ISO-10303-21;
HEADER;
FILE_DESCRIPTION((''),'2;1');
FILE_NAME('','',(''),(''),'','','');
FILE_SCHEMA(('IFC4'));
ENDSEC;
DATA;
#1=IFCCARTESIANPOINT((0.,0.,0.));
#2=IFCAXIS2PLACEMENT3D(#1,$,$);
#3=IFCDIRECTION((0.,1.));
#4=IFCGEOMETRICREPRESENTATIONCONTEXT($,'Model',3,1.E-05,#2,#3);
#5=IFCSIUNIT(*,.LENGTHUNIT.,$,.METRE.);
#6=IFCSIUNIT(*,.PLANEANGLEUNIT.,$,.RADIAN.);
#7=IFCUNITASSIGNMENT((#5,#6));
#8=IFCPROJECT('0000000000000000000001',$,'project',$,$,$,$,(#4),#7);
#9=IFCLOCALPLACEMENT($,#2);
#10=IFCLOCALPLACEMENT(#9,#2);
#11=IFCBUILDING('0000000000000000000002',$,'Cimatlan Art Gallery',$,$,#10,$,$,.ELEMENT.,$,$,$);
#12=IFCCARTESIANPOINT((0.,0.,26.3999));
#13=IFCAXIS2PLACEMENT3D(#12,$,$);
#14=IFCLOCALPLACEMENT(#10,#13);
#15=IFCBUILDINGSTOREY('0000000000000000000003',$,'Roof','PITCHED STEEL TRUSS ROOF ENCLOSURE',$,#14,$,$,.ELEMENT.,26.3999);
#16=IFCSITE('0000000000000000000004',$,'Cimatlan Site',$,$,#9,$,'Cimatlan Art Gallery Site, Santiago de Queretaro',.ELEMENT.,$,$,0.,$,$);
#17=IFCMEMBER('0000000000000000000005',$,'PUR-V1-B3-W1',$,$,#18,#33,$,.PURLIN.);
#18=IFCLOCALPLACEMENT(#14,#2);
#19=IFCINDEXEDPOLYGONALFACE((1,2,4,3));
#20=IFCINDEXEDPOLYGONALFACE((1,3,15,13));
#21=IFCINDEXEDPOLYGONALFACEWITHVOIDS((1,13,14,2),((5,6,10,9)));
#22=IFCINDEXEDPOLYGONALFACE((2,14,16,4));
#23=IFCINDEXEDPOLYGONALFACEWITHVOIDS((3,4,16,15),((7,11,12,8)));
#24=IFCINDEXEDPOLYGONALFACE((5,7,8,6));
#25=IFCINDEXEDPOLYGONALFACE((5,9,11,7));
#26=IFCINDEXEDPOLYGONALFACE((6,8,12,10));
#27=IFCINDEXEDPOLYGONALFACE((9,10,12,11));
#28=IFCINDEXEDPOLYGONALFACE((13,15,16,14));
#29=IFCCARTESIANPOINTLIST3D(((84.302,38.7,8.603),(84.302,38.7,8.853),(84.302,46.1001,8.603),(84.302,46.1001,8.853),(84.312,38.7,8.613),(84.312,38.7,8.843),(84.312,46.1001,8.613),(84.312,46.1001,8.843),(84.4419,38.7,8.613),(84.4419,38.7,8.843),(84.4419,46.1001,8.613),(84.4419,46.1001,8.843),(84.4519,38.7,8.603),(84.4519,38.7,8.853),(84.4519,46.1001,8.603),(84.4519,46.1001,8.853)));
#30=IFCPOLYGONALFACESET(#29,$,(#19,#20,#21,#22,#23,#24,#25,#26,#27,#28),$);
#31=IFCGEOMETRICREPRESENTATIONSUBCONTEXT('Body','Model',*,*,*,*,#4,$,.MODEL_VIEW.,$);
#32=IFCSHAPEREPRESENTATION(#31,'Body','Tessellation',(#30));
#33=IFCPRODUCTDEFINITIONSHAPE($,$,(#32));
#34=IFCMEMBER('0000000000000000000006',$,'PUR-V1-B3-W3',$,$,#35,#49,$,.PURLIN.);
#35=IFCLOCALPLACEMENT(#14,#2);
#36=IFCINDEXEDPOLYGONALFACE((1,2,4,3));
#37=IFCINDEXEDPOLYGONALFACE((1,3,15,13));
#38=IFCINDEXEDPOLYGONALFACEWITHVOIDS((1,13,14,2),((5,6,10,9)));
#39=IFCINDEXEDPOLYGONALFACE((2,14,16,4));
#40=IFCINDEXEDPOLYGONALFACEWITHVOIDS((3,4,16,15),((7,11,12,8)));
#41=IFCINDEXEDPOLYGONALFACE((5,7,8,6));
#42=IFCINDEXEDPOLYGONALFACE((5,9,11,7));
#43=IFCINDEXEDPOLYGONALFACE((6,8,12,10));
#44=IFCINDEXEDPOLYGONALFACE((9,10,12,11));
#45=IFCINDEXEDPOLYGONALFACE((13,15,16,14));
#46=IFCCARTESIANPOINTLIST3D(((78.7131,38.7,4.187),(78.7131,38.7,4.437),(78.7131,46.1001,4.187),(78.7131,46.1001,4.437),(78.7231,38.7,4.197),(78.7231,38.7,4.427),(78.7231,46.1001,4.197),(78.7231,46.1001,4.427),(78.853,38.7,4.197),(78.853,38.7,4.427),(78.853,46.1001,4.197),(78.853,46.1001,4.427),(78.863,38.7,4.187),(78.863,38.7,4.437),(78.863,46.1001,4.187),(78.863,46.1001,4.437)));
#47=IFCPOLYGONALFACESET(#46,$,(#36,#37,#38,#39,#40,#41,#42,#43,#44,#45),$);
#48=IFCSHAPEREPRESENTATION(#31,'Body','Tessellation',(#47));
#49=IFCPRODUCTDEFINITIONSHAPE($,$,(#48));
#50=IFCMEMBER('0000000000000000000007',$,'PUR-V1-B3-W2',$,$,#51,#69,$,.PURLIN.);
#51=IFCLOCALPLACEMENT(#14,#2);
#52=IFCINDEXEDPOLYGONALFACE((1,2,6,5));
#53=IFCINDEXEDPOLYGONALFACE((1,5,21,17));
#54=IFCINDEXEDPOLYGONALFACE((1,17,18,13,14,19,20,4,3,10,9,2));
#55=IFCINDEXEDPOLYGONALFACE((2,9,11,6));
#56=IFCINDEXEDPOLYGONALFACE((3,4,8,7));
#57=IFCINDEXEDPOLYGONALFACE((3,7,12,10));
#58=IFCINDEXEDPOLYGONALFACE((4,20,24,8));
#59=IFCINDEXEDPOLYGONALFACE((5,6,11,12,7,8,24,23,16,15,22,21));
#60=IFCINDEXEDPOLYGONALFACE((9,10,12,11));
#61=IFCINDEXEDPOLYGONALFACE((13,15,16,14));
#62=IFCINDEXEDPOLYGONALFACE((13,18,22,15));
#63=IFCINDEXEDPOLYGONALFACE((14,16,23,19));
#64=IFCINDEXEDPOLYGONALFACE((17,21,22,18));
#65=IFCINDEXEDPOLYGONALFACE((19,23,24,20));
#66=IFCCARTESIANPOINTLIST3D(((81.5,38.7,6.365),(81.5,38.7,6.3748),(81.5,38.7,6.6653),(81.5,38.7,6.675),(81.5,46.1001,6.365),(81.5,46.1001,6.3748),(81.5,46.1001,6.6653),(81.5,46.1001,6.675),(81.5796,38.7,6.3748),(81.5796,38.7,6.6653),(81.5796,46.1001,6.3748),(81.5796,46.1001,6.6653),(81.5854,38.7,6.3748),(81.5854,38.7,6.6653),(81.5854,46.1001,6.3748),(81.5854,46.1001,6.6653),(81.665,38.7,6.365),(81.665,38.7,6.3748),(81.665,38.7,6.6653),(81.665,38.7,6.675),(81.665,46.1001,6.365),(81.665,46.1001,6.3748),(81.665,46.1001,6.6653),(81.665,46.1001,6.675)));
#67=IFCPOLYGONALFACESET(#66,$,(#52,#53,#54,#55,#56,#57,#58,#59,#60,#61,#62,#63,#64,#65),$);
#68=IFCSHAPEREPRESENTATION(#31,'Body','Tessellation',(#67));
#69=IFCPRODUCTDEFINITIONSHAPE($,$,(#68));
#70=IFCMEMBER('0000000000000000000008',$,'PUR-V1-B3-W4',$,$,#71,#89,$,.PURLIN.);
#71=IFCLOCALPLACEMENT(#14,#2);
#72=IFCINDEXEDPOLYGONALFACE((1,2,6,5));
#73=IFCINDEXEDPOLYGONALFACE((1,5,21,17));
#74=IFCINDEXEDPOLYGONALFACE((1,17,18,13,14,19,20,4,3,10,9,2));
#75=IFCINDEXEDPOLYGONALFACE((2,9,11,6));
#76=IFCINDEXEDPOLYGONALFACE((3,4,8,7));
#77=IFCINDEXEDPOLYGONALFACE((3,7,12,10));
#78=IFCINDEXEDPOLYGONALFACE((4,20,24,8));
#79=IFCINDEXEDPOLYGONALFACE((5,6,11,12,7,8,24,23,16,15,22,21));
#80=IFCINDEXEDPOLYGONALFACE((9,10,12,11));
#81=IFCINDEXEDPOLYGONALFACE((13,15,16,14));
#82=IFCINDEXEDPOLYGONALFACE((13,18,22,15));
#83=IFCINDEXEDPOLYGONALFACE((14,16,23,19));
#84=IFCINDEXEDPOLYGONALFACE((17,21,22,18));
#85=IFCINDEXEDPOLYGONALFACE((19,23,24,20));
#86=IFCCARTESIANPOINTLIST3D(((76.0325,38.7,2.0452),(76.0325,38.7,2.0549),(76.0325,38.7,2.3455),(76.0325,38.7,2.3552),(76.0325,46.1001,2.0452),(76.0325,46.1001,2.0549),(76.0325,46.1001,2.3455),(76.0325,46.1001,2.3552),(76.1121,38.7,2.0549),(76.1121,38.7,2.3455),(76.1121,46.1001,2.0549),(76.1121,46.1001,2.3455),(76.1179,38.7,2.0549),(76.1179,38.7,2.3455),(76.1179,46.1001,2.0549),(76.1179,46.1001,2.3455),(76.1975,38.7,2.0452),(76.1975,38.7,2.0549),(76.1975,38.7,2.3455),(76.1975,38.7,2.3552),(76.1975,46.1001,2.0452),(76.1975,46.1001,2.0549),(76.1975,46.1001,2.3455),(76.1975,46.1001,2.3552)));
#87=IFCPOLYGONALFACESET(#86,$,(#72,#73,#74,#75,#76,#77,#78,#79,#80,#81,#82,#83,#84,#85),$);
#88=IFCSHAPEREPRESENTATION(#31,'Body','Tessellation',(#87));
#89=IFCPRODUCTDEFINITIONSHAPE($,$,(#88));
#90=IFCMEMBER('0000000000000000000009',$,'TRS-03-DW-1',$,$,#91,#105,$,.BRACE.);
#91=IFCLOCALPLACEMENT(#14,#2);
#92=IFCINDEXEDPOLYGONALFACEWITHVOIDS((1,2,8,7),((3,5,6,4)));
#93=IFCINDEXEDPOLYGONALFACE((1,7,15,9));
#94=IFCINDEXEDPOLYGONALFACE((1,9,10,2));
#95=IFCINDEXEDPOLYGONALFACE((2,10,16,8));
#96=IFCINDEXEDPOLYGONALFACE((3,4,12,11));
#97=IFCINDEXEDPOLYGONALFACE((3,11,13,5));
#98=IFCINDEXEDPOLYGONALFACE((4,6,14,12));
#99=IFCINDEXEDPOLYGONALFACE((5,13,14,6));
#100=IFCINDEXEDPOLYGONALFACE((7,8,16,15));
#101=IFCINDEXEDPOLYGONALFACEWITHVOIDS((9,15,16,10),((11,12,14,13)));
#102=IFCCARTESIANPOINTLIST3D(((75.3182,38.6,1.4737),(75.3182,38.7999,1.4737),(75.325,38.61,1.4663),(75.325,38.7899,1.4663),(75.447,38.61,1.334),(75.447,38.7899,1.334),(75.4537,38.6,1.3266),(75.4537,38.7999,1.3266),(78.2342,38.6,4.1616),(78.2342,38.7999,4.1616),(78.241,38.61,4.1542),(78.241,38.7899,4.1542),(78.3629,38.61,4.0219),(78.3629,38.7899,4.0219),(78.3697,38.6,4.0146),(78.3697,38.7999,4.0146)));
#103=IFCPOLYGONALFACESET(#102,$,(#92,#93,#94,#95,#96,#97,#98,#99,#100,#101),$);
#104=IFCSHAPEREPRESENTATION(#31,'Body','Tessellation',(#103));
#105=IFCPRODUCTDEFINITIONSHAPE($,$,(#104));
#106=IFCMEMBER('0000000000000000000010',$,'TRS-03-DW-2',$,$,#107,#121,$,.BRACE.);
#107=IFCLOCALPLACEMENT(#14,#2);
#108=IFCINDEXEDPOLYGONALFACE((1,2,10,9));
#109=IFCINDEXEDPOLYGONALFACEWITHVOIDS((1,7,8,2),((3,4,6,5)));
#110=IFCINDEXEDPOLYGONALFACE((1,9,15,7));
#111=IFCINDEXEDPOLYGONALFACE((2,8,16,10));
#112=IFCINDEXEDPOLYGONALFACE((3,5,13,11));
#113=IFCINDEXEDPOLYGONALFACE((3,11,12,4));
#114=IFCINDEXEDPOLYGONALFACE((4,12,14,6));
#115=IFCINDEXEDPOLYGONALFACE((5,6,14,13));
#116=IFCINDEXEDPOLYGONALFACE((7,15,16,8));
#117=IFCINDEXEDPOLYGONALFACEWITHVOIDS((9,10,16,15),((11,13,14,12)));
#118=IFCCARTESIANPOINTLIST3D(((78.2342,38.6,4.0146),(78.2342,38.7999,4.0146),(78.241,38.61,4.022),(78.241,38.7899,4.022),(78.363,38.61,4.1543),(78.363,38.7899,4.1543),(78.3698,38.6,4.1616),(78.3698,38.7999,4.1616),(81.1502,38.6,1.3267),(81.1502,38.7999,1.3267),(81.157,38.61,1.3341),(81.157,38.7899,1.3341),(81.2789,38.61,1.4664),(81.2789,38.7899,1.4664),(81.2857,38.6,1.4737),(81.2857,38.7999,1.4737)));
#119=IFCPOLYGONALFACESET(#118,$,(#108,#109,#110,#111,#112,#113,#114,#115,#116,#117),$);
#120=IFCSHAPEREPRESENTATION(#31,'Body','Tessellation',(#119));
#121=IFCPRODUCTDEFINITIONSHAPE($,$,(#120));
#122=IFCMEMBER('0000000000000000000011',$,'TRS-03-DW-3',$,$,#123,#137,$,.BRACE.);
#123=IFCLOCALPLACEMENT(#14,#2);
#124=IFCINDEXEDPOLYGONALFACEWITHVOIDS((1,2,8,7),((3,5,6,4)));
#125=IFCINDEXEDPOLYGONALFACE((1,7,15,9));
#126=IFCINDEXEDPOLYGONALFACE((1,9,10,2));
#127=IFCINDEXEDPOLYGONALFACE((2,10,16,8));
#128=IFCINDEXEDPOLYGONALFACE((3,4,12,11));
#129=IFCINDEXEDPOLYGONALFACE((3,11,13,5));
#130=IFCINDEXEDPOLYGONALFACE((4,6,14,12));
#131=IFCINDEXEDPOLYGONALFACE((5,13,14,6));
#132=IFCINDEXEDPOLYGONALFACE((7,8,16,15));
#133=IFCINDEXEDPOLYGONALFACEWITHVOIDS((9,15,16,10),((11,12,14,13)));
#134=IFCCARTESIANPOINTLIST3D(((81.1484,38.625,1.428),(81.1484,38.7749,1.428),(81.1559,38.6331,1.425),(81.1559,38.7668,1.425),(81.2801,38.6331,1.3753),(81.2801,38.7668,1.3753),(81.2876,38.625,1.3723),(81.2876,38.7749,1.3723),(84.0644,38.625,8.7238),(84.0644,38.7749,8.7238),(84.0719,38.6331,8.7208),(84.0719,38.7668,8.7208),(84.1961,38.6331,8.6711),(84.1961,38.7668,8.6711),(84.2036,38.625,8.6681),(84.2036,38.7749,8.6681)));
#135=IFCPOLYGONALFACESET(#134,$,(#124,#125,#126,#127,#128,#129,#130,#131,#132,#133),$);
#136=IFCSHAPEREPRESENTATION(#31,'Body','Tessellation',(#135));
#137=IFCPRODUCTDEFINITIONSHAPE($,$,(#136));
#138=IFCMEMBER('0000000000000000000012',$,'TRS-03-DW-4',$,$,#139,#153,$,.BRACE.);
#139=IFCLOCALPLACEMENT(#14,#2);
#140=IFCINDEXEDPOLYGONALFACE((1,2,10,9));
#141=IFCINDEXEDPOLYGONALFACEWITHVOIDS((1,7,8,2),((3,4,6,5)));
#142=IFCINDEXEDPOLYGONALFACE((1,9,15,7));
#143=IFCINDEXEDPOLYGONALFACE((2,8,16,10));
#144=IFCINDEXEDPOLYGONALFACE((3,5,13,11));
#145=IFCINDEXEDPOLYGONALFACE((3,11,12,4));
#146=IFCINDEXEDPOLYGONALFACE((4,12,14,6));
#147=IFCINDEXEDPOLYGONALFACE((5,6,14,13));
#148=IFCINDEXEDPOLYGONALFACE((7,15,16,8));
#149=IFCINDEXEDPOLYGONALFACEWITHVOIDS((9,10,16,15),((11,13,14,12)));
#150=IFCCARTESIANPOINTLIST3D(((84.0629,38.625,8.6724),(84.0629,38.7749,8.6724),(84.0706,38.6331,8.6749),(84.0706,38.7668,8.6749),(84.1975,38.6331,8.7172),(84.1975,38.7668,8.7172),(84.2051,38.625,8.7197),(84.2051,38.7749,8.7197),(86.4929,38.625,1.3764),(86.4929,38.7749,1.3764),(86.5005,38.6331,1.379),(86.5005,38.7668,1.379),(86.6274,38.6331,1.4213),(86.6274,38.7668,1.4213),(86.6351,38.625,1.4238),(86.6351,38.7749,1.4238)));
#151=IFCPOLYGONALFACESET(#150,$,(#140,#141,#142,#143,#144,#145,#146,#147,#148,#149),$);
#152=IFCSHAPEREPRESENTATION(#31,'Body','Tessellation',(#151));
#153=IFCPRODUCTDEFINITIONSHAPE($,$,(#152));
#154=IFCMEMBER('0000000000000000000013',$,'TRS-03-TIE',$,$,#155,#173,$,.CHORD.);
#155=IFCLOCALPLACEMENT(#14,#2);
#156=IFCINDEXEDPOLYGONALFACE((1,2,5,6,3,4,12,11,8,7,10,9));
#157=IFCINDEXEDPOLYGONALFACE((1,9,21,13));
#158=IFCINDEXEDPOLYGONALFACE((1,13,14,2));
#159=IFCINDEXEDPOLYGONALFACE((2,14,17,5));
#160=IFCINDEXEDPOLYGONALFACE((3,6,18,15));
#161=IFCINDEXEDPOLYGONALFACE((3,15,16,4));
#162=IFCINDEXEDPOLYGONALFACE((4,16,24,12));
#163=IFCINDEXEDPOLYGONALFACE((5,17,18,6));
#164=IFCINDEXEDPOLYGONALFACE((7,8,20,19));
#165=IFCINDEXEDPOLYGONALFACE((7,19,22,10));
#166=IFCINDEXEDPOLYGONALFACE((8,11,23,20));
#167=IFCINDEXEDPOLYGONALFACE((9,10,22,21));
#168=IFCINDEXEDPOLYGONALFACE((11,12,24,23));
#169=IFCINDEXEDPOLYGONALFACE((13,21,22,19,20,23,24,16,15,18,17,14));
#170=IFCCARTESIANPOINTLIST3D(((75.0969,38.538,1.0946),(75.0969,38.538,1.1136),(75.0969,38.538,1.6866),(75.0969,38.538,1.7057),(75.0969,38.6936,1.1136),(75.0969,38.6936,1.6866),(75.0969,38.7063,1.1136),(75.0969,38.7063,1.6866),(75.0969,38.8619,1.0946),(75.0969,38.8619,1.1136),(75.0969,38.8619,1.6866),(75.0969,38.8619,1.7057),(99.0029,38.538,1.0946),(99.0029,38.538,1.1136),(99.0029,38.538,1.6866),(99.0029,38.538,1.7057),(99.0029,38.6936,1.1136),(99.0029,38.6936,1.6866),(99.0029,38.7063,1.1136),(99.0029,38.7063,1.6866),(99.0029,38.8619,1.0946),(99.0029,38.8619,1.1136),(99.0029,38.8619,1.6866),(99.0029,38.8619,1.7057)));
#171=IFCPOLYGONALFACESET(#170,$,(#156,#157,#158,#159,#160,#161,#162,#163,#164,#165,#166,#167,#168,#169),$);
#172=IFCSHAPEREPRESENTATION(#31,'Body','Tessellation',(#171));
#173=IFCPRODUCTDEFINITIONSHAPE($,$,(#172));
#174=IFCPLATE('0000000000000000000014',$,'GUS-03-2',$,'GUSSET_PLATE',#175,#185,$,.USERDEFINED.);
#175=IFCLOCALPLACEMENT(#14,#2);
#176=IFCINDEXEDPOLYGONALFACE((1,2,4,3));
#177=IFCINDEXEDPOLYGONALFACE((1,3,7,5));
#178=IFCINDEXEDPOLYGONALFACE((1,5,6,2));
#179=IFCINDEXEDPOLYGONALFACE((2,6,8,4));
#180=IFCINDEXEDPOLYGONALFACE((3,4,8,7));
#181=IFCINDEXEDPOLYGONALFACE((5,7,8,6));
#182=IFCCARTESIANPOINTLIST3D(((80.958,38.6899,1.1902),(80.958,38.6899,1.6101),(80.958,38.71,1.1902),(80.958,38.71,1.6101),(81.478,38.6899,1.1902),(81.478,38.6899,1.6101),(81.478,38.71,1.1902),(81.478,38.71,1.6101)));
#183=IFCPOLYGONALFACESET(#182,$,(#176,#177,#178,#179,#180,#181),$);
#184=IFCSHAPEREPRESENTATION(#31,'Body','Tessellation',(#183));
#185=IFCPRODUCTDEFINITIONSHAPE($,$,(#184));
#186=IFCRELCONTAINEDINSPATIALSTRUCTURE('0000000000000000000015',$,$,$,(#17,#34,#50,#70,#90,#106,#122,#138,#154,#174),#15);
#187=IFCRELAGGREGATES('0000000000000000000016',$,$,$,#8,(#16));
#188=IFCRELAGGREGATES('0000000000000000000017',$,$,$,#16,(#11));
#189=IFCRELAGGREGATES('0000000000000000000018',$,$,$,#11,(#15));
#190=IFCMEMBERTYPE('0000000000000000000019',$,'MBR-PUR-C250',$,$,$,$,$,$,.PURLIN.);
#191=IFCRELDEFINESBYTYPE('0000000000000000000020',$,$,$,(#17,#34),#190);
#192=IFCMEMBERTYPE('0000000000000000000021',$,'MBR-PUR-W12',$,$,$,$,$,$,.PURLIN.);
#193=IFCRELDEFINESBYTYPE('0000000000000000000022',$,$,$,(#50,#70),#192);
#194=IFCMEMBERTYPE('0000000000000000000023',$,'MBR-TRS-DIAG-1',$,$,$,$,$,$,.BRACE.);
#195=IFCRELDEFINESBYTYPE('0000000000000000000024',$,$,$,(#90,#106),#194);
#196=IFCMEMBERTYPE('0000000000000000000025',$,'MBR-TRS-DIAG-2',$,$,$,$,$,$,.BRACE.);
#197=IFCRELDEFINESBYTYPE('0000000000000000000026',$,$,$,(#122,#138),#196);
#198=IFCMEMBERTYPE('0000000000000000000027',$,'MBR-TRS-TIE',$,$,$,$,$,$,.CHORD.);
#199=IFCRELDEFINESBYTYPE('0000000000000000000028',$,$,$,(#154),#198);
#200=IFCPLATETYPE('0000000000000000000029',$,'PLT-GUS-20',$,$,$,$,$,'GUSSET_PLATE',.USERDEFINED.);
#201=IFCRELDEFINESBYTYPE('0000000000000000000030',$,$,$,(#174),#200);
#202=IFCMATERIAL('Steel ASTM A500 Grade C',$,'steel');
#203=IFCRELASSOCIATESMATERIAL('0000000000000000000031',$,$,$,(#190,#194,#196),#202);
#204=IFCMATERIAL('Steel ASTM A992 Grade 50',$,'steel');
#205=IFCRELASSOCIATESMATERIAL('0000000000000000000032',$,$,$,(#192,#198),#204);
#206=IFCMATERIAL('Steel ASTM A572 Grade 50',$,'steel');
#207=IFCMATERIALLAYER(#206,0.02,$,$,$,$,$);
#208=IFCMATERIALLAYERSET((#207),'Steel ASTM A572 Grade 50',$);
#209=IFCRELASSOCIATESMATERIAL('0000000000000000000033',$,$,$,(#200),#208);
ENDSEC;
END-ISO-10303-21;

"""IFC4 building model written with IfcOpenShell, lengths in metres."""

from ifc_helpers import new_model, si_unit, direction, frame, origin, origin_2d, place, context, subcontext, project, spatial, rectangle, hollow_rectangle, i_section, extrude, material, layer, layer_set, material_profile, profile_set, type_object, element, save


model = new_model("IFC4")

# Units and contexts
model_context = context("Model", 3, precision=1e-05, world=origin(), true_north=direction((0.0, 1.0)))
body_context = subcontext(model_context, "Body", "Model", "MODEL_VIEW")
ifc_project = project(units=[si_unit("LENGTHUNIT", "METRE"), si_unit("PLANEANGLEUNIT", "RADIAN")], contexts=[model_context])

# Site, building, storey
site_placement = place(None, origin())
site = spatial("IfcSite", under=ifc_project, at=site_placement, Name="Cimatlan Site", LongName="Cimatlan Art Gallery Site, Santiago de Queretaro", CompositionType="ELEMENT", RefElevation=0.0)
building_placement = place(site_placement, origin())
building = spatial("IfcBuilding", under=site, at=building_placement, Name="Cimatlan Art Gallery", CompositionType="ELEMENT")
storey_placement = place(building_placement, frame((0.0, 0.0, 26.3999)))
storey = spatial("IfcBuildingStorey", under=building, at=storey_placement, Name="Roof", Description="PITCHED STEEL TRUSS ROOF ENCLOSURE", CompositionType="ELEMENT", Elevation=26.3999)

# Shared definitions
ifc_material_1 = material(Name="Steel ASTM A992 Grade 50", Category="steel")

# Members
ifc_material_2 = material(Name="Steel ASTM A500 Grade C", Category="steel")
ifc_material_profile_1 = material_profile(ifc_material_2, hollow_rectangle(XDim=0.1499, YDim=0.25, WallThickness=0.01, at=origin_2d()), Name="HSS250X150X10")
ifc_profile_set_1 = profile_set([ifc_material_profile_1], Name="Steel ASTM A500 Grade C")
member_type_1 = type_object("IfcMemberType", Name="MBR-PUR-C250", PredefinedType="PURLIN", material=ifc_profile_set_1)
for number, where, z_axis, x_axis, name in (
    (1, (84.377, 38.7, 8.728), (0.0, 1.0, 0.0), (-1.0, 0.0, 0.0), "PUR-V1-B3-W1"),
    (2, (78.7881, 38.7, 4.312), (0.0, 1.0, 0.0), (-1.0, 0.0, 0.0), "PUR-V1-B3-W3"),
):
    element("IfcMember", number, at=place(storey_placement, frame(where, z_axis=z_axis, x_axis=x_axis)), inside=storey, type_object=member_type_1, Name=name, PredefinedType="PURLIN", context=body_context, shape_type="SweptSolid", body=[
        extrude(hollow_rectangle(XDim=0.1499, YDim=0.25, WallThickness=0.01, at=origin_2d()), origin(), (0.0, 0.0, 1.0), 7.4001),
    ])
ifc_material_profile_2 = material_profile(ifc_material_1, i_section(OverallWidth=0.165, OverallDepth=0.3101, WebThickness=0.0059, FlangeThickness=0.0098, at=origin_2d()), Name="W12X26")
ifc_profile_set_2 = profile_set([ifc_material_profile_2], Name="Steel ASTM A992 Grade 50")
member_type_2 = type_object("IfcMemberType", Name="MBR-PUR-W12", PredefinedType="PURLIN", material=ifc_profile_set_2)
for number, where, z_axis, x_axis, name in (
    (3, (81.5825, 38.7, 6.52), (0.0, 1.0, 0.0), (-1.0, 0.0, 0.0), "PUR-V1-B3-W2"),
    (4, (76.115, 38.7, 2.2002), (0.0, 1.0, 0.0), (-1.0, 0.0, 0.0), "PUR-V1-B3-W4"),
):
    element("IfcMember", number, at=place(storey_placement, frame(where, z_axis=z_axis, x_axis=x_axis)), inside=storey, type_object=member_type_2, Name=name, PredefinedType="PURLIN", context=body_context, shape_type="SweptSolid", body=[
        extrude(i_section(OverallWidth=0.165, OverallDepth=0.3101, WebThickness=0.0059, FlangeThickness=0.0098, at=origin_2d()), origin(), (0.0, 0.0, 1.0), 7.4001),
    ])
ifc_material_profile_3 = material_profile(ifc_material_2, hollow_rectangle(XDim=0.2, YDim=0.2, WallThickness=0.01, at=origin_2d()), Name="HSS200X200X10")
ifc_profile_set_3 = profile_set([ifc_material_profile_3], Name="Steel ASTM A500 Grade C")
member_type_3 = type_object("IfcMemberType", Name="MBR-TRS-DIAG-1", PredefinedType="BRACE", material=ifc_profile_set_3)
for number, where, z_axis, x_axis, name in (
    (5, (75.386, 38.7, 1.4001), (0.735271, 0.0, 0.677774), (0.0, 1.0, 0.0), "TRS-03-DW-1"),
    (6, (78.302, 38.7, 4.0881), (0.735271, 0.0, -0.677774), (0.0, 1.0, 0.0), "TRS-03-DW-2"),
):
    element("IfcMember", number, at=place(storey_placement, frame(where, z_axis=z_axis, x_axis=x_axis)), inside=storey, type_object=member_type_3, Name=name, PredefinedType="BRACE", context=body_context, shape_type="SweptSolid", body=[
        extrude(hollow_rectangle(XDim=0.2, YDim=0.2, WallThickness=0.01, at=origin_2d()), origin(), (0.0, 0.0, 1.0), 3.9658),
    ])
ifc_material_profile_4 = material_profile(ifc_material_2, hollow_rectangle(XDim=0.1499, YDim=0.1499, WallThickness=0.0081, at=origin_2d()), Name="HSS150X150X8")
ifc_profile_set_4 = profile_set([ifc_material_profile_4], Name="Steel ASTM A500 Grade C")
member_type_4 = type_object("IfcMemberType", Name="MBR-TRS-DIAG-2", PredefinedType="BRACE", material=ifc_profile_set_4)
member_1_placement = place(storey_placement, frame((81.218, 38.7, 1.4001), z_axis=(0.371134, 0.0, 0.92858), x_axis=(0.0, 1.0, 0.0)))
element("IfcMember", 7, at=member_1_placement, inside=storey, type_object=member_type_4, Name="TRS-03-DW-3", PredefinedType="BRACE", context=body_context, shape_type="SweptSolid", body=[
    extrude(hollow_rectangle(XDim=0.1499, YDim=0.1499, WallThickness=0.0081, at=origin_2d()), origin(), (0.0, 0.0, 1.0), 7.8569),
])
member_2_placement = place(storey_placement, frame((84.134, 38.7, 8.696), z_axis=(0.31599, 0.0, -0.948763), x_axis=(0.0, 1.0, 0.0)))
element("IfcMember", 8, at=member_2_placement, inside=storey, type_object=member_type_4, Name="TRS-03-DW-4", PredefinedType="BRACE", context=body_context, shape_type="SweptSolid", body=[
    extrude(hollow_rectangle(XDim=0.1499, YDim=0.1499, WallThickness=0.0081, at=origin_2d()), origin(), (0.0, 0.0, 1.0), 7.6899),
])
ifc_material_profile_5 = material_profile(ifc_material_1, i_section(OverallWidth=0.324, OverallDepth=0.6111, WebThickness=0.0127, FlangeThickness=0.019, at=origin_2d()), Name="W24X104")
ifc_profile_set_5 = profile_set([ifc_material_profile_5], Name="Steel ASTM A992 Grade 50")
member_type_5 = type_object("IfcMemberType", Name="MBR-TRS-TIE", PredefinedType="CHORD", material=ifc_profile_set_5)
member_3_placement = place(storey_placement, frame((75.0969, 38.7, 1.4001), z_axis=(1.0, 0.0, 0.0), x_axis=(0.0, 1.0, 0.0)))
element("IfcMember", 9, at=member_3_placement, inside=storey, type_object=member_type_5, Name="TRS-03-TIE", PredefinedType="CHORD", context=body_context, shape_type="SweptSolid", body=[
    extrude(i_section(OverallWidth=0.324, OverallDepth=0.6111, WebThickness=0.0127, FlangeThickness=0.019, at=origin_2d()), origin(), (0.0, 0.0, 1.0), 23.906),
])

# Plate
ifc_material_3 = material(Name="Steel ASTM A572 Grade 50", Category="steel")
ifc_layer_1 = layer(ifc_material_3, 0.02)
ifc_layer_set_1 = layer_set([ifc_layer_1], Name="Steel ASTM A572 Grade 50")
plate_type_1 = type_object("IfcPlateType", Name="PLT-GUS-20", ElementType="GUSSET_PLATE", PredefinedType="USERDEFINED", material=ifc_layer_set_1)
plate_1_placement = place(storey_placement, frame((81.218, 38.7, 1.1902), z_axis=(0.0, 0.0, 1.0), x_axis=(1.0, 0.0, 0.0)))
element("IfcPlate", 10, at=plate_1_placement, inside=storey, type_object=plate_type_1, Name="GUS-03-2", ObjectType="GUSSET_PLATE", PredefinedType="USERDEFINED", context=body_context, shape_type="SweptSolid", body=[
    extrude(rectangle(XDim=0.52, YDim=0.02, at=origin_2d()), origin(), (0.0, 0.0, 1.0), 0.4199),
])

save(model, "model.ifc")
